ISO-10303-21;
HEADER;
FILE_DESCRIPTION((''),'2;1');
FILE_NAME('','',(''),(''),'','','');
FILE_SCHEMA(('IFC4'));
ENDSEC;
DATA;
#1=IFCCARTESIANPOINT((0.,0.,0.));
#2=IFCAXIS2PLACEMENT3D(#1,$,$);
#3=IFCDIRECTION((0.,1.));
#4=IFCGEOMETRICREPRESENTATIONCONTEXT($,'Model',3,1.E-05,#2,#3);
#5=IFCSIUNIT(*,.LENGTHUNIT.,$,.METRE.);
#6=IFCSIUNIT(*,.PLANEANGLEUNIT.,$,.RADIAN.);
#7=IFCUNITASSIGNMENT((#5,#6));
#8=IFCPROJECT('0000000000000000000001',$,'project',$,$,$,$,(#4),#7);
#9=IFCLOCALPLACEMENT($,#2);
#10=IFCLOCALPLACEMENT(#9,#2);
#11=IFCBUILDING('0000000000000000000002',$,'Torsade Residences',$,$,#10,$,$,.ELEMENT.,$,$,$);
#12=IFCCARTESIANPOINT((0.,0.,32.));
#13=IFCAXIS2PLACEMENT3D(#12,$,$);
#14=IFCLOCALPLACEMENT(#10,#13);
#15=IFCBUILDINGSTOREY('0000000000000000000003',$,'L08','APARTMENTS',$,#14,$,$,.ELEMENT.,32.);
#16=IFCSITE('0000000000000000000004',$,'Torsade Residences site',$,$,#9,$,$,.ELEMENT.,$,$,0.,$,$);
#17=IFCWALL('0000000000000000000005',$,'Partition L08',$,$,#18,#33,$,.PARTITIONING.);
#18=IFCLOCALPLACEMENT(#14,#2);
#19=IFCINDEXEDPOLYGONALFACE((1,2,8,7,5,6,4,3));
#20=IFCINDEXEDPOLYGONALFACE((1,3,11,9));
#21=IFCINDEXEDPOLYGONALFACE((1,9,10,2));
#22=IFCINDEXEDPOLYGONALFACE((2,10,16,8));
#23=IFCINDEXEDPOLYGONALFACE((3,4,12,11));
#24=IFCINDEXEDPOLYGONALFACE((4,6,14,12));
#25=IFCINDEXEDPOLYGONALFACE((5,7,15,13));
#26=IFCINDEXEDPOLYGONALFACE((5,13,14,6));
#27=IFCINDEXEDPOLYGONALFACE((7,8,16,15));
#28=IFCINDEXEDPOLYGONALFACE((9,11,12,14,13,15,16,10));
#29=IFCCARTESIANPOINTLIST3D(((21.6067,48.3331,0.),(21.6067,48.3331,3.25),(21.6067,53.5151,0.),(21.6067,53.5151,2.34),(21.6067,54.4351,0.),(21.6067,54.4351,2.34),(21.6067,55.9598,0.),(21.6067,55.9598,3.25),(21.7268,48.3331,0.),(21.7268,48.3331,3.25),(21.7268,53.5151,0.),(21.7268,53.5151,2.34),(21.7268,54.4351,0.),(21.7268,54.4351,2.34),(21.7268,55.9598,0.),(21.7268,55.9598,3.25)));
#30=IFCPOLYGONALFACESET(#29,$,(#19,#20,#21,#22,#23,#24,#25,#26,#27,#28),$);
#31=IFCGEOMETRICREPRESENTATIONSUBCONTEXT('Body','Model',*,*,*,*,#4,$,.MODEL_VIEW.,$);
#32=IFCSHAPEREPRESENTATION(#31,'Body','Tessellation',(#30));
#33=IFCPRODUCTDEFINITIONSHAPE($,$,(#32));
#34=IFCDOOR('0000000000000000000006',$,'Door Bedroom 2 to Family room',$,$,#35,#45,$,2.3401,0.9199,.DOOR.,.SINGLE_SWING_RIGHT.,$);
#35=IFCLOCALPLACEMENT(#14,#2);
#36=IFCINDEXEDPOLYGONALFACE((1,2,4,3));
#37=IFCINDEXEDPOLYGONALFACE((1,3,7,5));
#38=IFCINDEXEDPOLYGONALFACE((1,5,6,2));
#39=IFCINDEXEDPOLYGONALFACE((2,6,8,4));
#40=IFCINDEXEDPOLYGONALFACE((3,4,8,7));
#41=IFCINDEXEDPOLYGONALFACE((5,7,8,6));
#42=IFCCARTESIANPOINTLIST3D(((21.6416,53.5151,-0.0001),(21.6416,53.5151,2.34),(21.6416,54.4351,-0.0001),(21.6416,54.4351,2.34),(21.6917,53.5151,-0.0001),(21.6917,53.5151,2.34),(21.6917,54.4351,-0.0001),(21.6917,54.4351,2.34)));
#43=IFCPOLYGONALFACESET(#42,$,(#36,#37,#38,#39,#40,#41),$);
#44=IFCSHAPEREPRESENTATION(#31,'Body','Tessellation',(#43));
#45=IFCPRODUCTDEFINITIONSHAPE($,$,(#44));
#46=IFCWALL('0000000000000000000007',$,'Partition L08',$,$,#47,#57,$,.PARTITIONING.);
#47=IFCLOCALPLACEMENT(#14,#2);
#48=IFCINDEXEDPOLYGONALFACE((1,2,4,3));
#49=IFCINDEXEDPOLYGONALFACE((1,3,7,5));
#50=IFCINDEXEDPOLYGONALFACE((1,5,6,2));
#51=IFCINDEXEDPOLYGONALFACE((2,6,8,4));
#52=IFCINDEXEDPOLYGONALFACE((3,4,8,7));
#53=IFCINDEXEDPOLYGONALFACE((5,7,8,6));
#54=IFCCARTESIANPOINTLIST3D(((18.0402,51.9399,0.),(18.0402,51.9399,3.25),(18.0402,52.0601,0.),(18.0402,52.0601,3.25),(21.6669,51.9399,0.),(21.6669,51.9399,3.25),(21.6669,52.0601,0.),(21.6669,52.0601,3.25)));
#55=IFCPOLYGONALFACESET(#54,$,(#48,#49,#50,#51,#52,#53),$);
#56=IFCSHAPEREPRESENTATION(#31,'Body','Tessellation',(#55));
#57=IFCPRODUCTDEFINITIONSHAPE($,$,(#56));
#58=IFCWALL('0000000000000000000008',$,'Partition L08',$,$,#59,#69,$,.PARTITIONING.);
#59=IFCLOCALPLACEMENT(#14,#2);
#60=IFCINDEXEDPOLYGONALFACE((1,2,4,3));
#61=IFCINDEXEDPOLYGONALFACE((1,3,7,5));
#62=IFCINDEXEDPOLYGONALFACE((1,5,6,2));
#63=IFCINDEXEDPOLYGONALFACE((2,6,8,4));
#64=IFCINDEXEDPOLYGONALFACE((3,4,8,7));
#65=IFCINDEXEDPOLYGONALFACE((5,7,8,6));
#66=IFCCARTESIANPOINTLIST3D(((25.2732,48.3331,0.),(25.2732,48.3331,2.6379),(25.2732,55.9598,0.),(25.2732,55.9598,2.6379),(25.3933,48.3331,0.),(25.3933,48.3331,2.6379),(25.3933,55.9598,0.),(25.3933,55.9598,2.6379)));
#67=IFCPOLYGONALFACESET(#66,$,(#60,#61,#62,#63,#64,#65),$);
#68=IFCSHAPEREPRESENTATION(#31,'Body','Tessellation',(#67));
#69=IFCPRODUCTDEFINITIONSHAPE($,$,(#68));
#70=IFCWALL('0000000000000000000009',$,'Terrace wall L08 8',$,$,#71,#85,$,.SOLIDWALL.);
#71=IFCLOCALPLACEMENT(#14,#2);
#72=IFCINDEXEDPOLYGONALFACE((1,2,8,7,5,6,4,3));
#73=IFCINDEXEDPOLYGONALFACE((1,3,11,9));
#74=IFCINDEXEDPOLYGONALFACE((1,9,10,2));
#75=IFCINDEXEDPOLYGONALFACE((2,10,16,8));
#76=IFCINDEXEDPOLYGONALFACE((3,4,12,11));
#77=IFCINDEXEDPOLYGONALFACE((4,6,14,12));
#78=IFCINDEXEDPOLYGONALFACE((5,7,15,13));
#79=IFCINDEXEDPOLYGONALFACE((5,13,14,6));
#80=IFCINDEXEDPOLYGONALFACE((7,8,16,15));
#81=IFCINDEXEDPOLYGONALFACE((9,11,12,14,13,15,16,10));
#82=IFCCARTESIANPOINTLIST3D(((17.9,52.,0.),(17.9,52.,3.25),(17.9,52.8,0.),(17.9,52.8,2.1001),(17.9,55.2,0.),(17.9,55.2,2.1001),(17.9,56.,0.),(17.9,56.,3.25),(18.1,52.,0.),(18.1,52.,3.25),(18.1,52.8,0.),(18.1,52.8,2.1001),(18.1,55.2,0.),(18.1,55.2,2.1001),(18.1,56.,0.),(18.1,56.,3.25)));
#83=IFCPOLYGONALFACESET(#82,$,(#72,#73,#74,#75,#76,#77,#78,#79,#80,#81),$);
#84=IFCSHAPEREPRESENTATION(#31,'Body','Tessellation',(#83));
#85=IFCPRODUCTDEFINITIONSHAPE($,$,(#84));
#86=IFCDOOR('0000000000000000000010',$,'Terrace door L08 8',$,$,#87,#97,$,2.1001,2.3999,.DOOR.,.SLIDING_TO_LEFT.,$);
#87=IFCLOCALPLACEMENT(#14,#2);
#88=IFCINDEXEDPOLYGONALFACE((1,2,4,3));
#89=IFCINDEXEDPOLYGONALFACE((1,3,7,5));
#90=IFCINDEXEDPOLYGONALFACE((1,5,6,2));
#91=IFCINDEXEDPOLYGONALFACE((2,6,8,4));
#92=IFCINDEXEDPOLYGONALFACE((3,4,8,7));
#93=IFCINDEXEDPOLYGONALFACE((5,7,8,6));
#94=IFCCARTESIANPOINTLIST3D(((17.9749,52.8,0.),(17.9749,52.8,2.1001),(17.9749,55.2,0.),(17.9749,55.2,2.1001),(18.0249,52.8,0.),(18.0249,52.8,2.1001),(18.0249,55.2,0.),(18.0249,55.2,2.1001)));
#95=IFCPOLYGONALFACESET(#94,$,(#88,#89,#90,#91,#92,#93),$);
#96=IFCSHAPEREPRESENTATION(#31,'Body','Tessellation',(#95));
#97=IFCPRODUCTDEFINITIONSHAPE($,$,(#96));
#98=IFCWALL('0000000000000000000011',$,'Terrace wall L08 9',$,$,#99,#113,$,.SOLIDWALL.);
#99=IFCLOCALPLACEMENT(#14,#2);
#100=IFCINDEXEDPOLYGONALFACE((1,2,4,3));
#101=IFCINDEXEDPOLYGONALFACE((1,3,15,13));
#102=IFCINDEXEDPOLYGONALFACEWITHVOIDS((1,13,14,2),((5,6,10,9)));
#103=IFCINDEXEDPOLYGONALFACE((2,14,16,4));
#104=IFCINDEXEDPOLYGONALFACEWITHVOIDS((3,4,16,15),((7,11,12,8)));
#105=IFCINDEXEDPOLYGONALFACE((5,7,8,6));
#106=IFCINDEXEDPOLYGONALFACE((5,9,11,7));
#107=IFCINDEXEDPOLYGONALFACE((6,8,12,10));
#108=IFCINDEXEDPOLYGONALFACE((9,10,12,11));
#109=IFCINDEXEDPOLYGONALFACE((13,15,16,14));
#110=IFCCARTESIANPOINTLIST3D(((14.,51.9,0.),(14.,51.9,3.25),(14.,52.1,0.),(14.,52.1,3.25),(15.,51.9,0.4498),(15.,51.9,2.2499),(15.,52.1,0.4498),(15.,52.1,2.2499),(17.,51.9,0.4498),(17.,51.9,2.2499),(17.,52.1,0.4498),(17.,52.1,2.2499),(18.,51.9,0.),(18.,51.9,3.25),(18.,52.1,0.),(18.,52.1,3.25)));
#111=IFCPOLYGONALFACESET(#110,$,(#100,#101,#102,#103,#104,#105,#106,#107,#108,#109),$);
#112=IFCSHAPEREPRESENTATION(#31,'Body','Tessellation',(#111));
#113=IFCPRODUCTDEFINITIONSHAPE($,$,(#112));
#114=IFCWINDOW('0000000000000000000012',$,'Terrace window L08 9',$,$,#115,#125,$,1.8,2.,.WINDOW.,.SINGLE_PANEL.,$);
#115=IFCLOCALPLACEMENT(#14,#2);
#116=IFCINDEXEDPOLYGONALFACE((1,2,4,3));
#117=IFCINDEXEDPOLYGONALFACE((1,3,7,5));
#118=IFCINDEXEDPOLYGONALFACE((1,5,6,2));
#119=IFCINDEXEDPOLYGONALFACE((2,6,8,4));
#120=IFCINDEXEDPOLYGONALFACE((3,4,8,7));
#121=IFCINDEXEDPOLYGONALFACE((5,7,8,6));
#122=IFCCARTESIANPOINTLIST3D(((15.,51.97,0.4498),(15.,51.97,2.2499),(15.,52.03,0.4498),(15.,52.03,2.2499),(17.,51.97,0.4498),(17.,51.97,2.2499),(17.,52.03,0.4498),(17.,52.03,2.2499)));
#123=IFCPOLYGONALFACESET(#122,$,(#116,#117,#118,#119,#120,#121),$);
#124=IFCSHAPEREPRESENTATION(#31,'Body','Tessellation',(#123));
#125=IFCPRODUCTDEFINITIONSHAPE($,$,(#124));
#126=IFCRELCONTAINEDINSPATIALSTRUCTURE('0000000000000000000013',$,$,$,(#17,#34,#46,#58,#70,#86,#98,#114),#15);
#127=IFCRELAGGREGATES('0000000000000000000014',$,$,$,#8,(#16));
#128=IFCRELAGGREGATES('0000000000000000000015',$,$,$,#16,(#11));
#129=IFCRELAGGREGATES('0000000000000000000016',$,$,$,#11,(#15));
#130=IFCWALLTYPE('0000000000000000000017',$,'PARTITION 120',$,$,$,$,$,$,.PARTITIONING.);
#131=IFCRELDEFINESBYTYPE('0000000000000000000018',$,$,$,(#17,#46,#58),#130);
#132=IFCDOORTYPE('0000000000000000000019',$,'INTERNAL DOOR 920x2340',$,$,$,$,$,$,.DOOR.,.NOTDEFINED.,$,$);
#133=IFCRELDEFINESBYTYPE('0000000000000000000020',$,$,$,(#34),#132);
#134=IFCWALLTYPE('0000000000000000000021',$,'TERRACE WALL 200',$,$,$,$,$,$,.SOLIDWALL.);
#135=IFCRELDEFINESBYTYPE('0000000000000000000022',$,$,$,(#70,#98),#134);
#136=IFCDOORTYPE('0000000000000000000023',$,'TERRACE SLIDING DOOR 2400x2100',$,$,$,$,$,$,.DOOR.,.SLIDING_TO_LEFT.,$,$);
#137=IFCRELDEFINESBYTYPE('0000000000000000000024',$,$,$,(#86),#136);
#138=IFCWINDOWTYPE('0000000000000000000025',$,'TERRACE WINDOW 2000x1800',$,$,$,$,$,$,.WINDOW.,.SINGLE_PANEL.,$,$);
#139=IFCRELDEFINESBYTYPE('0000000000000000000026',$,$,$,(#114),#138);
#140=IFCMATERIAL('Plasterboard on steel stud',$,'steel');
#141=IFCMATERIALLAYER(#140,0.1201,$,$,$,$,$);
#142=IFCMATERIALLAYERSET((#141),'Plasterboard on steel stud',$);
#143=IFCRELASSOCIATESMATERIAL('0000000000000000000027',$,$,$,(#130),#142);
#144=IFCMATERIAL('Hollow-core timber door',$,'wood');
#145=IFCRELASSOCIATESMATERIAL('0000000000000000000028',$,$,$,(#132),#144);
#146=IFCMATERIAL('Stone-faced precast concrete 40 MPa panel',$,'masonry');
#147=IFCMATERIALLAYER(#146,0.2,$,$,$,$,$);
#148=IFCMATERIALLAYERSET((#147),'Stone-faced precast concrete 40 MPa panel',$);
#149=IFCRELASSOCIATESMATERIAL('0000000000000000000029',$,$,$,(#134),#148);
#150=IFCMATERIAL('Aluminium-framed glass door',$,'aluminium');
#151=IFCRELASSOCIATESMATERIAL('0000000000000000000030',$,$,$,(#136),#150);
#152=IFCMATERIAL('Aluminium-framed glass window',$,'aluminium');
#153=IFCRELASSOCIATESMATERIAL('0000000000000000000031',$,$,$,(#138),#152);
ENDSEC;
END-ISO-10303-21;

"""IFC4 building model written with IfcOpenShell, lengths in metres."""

from ifc_helpers import new_model, si_unit, direction, frame, frame_2d, origin, place, context, subcontext, project, spatial, rectangle, extrude, material, layer, layer_set, type_object, element, fill, save


model = new_model("IFC4")

# Units and contexts
model_context = context("Model", 3, precision=1e-05, world=origin(), true_north=direction((0.0, 1.0)))
body_context = subcontext(model_context, "Body", "Model", "MODEL_VIEW")
ifc_project = project(units=[si_unit("LENGTHUNIT", "METRE"), si_unit("PLANEANGLEUNIT", "RADIAN")], contexts=[model_context])

# Site, building, storey
site_placement = place(None, origin())
site = spatial("IfcSite", under=ifc_project, at=site_placement, Name="Torsade Residences site", CompositionType="ELEMENT", RefElevation=0.0)
building_placement = place(site_placement, origin())
building = spatial("IfcBuilding", under=site, at=building_placement, Name="Torsade Residences", CompositionType="ELEMENT")
storey_placement = place(building_placement, frame((0.0, 0.0, 32.0)))
storey = spatial("IfcBuildingStorey", under=building, at=storey_placement, Name="L08", Description="APARTMENTS", CompositionType="ELEMENT", Elevation=32.0)

# Shared definitions
ifc_material_1 = material(Name="Plasterboard on steel stud", Category="steel")
ifc_layer_1 = layer(ifc_material_1, 0.1201)
ifc_layer_set_1 = layer_set([ifc_layer_1], Name="Plasterboard on steel stud")
wall_type_1 = type_object("IfcWallType", Name="PARTITION 120", PredefinedType="PARTITIONING", material=ifc_layer_set_1)
ifc_material_2 = material(Name="Hollow-core timber door", Category="wood")
door_type_1 = type_object("IfcDoorType", Name="INTERNAL DOOR 920x2340", OperationType="NOTDEFINED", PredefinedType="DOOR", material=ifc_material_2)

# Wall, opening, door
wall_1_placement = place(storey_placement, frame((21.6667, 55.96, 0.0), z_axis=(0.0, 0.0, 1.0), x_axis=(0.0, -1.0, 0.0)))
wall_1 = element("IfcWall", 1, at=wall_1_placement, inside=storey, type_object=wall_type_1, Name="Partition L08", PredefinedType="PARTITIONING", context=body_context, shape_type="SweptSolid", body=[
    extrude(rectangle(XDim=7.6267, YDim=0.1201, at=frame_2d((3.8135, 0.0))), origin(), (0.0, 0.0, 1.0), 3.25),
])
opening_1_placement = place(wall_1_placement, frame((1.5249, 0.0, 0.0)))
opening_1 = element("IfcOpeningElement", 2, at=opening_1_placement, cuts=wall_1, PredefinedType="OPENING", context=body_context, shape_type="SweptSolid", body=[
    extrude(rectangle(XDim=0.9199, YDim=2.3401, at=frame_2d((0.46, 1.1699))), frame((0.0, 0.0701, 0.0), z_axis=(0.0, -1.0, 0.0), x_axis=(1.0, 0.0, 0.0)), (0.0, 0.0, 1.0), 0.1401),
])
door_1_placement = place(opening_1_placement, origin())
door_1 = element("IfcDoor", 3, at=door_1_placement, inside=storey, type_object=door_type_1, Name="Door Bedroom 2 to Family room", OperationType="SINGLE_SWING_RIGHT", OverallHeight=2.3401, OverallWidth=0.9199, PredefinedType="DOOR", context=body_context, shape_type="SweptSolid", body=[
    extrude(rectangle(XDim=0.9199, YDim=2.3401, at=frame_2d((0.46, 1.1699))), frame((0.0, 0.0249, 0.0), z_axis=(0.0, -1.0, 0.0), x_axis=(1.0, 0.0, 0.0)), (0.0, 0.0, 1.0), 0.05),
])
fill(opening_1, door_1)

# Walls
wall_2_placement = place(storey_placement, frame((18.04, 52.0, 0.0), z_axis=(0.0, 0.0, 1.0), x_axis=(1.0, 0.0, 0.0)))
element("IfcWall", 4, at=wall_2_placement, inside=storey, type_object=wall_type_1, Name="Partition L08", PredefinedType="PARTITIONING", context=body_context, shape_type="SweptSolid", body=[
    extrude(rectangle(XDim=3.6267, YDim=0.1201, at=frame_2d((1.8135, 0.0))), origin(), (0.0, 0.0, 1.0), 3.25),
])
wall_3_placement = place(storey_placement, frame((25.3333, 55.96, 0.0), z_axis=(0.0, 0.0, 1.0), x_axis=(0.0, -1.0, 0.0)))
element("IfcWall", 5, at=wall_3_placement, inside=storey, type_object=wall_type_1, Name="Partition L08", PredefinedType="PARTITIONING", context=body_context, shape_type="SweptSolid", body=[
    extrude(rectangle(XDim=7.6267, YDim=0.1201, at=frame_2d((3.8135, 0.0))), origin(), (0.0, 0.0, 1.0), 2.6379),
])

# Wall, opening, door
ifc_material_3 = material(Name="Stone-faced precast concrete 40 MPa panel", Category="masonry")
ifc_layer_2 = layer(ifc_material_3, 0.2)
ifc_layer_set_2 = layer_set([ifc_layer_2], Name="Stone-faced precast concrete 40 MPa panel")
wall_type_2 = type_object("IfcWallType", Name="TERRACE WALL 200", PredefinedType="SOLIDWALL", material=ifc_layer_set_2)
wall_4_placement = place(storey_placement, frame((18.0, 56.0, 0.0), z_axis=(0.0, 0.0, 1.0), x_axis=(0.0, -1.0, 0.0)))
wall_4 = element("IfcWall", 6, at=wall_4_placement, inside=storey, type_object=wall_type_2, Name="Terrace wall L08 8", PredefinedType="SOLIDWALL", context=body_context, shape_type="SweptSolid", body=[
    extrude(rectangle(XDim=4.0, YDim=0.2, at=frame_2d((2.0, 0.0))), origin(), (0.0, 0.0, 1.0), 3.25),
])
opening_2_placement = place(wall_4_placement, frame((0.8, 0.0, 0.0)))
opening_2 = element("IfcOpeningElement", 7, at=opening_2_placement, cuts=wall_4, PredefinedType="OPENING", context=body_context, shape_type="SweptSolid", body=[
    extrude(rectangle(XDim=2.3999, YDim=2.1001, at=frame_2d((1.2, 1.05))), frame((0.0, 0.1099, 0.0), z_axis=(0.0, -1.0, 0.0), x_axis=(1.0, 0.0, 0.0)), (0.0, 0.0, 1.0), 0.22),
])
ifc_material_4 = material(Name="Aluminium-framed glass door", Category="aluminium")
door_type_2 = type_object("IfcDoorType", Name="TERRACE SLIDING DOOR 2400x2100", OperationType="SLIDING_TO_LEFT", PredefinedType="DOOR", material=ifc_material_4)
door_2_placement = place(opening_2_placement, origin())
door_2 = element("IfcDoor", 8, at=door_2_placement, inside=storey, type_object=door_type_2, Name="Terrace door L08 8", OperationType="SLIDING_TO_LEFT", OverallHeight=2.1001, OverallWidth=2.3999, PredefinedType="DOOR", context=body_context, shape_type="SweptSolid", body=[
    extrude(rectangle(XDim=2.3999, YDim=2.1001, at=frame_2d((1.2, 1.05))), frame((0.0, 0.0249, 0.0), z_axis=(0.0, -1.0, 0.0), x_axis=(1.0, 0.0, 0.0)), (0.0, 0.0, 1.0), 0.05),
])
fill(opening_2, door_2)

# Wall, opening, window
wall_5_placement = place(storey_placement, frame((18.0, 52.0, 0.0), z_axis=(0.0, 0.0, 1.0), x_axis=(-1.0, 0.0, 0.0)))
wall_5 = element("IfcWall", 9, at=wall_5_placement, inside=storey, type_object=wall_type_2, Name="Terrace wall L08 9", PredefinedType="SOLIDWALL", context=body_context, shape_type="SweptSolid", body=[
    extrude(rectangle(XDim=4.0, YDim=0.2, at=frame_2d((2.0, 0.0))), origin(), (0.0, 0.0, 1.0), 3.25),
])
opening_3_placement = place(wall_5_placement, frame((1.0, 0.0, 0.45)))
opening_3 = element("IfcOpeningElement", 10, at=opening_3_placement, cuts=wall_5, PredefinedType="OPENING", context=body_context, shape_type="SweptSolid", body=[
    extrude(rectangle(XDim=2.0, YDim=1.8, at=frame_2d((1.0, 0.8999))), frame((0.0, 0.1099, 0.0), z_axis=(0.0, -1.0, 0.0), x_axis=(1.0, 0.0, 0.0)), (0.0, 0.0, 1.0), 0.22),
])
ifc_material_5 = material(Name="Aluminium-framed glass window", Category="aluminium")
window_type = type_object("IfcWindowType", Name="TERRACE WINDOW 2000x1800", PartitioningType="SINGLE_PANEL", PredefinedType="WINDOW", material=ifc_material_5)
window_placement = place(opening_3_placement, origin())
window = element("IfcWindow", 11, at=window_placement, inside=storey, type_object=window_type, Name="Terrace window L08 9", OverallHeight=1.8, OverallWidth=2.0, PartitioningType="SINGLE_PANEL", PredefinedType="WINDOW", context=body_context, shape_type="SweptSolid", body=[
    extrude(rectangle(XDim=2.0, YDim=1.8, at=frame_2d((1.0, 0.8999))), frame((0.0, 0.03, 0.0), z_axis=(0.0, -1.0, 0.0), x_axis=(1.0, 0.0, 0.0)), (0.0, 0.0, 1.0), 0.0601),
])
fill(opening_3, window)

save(model, "model.ifc")
